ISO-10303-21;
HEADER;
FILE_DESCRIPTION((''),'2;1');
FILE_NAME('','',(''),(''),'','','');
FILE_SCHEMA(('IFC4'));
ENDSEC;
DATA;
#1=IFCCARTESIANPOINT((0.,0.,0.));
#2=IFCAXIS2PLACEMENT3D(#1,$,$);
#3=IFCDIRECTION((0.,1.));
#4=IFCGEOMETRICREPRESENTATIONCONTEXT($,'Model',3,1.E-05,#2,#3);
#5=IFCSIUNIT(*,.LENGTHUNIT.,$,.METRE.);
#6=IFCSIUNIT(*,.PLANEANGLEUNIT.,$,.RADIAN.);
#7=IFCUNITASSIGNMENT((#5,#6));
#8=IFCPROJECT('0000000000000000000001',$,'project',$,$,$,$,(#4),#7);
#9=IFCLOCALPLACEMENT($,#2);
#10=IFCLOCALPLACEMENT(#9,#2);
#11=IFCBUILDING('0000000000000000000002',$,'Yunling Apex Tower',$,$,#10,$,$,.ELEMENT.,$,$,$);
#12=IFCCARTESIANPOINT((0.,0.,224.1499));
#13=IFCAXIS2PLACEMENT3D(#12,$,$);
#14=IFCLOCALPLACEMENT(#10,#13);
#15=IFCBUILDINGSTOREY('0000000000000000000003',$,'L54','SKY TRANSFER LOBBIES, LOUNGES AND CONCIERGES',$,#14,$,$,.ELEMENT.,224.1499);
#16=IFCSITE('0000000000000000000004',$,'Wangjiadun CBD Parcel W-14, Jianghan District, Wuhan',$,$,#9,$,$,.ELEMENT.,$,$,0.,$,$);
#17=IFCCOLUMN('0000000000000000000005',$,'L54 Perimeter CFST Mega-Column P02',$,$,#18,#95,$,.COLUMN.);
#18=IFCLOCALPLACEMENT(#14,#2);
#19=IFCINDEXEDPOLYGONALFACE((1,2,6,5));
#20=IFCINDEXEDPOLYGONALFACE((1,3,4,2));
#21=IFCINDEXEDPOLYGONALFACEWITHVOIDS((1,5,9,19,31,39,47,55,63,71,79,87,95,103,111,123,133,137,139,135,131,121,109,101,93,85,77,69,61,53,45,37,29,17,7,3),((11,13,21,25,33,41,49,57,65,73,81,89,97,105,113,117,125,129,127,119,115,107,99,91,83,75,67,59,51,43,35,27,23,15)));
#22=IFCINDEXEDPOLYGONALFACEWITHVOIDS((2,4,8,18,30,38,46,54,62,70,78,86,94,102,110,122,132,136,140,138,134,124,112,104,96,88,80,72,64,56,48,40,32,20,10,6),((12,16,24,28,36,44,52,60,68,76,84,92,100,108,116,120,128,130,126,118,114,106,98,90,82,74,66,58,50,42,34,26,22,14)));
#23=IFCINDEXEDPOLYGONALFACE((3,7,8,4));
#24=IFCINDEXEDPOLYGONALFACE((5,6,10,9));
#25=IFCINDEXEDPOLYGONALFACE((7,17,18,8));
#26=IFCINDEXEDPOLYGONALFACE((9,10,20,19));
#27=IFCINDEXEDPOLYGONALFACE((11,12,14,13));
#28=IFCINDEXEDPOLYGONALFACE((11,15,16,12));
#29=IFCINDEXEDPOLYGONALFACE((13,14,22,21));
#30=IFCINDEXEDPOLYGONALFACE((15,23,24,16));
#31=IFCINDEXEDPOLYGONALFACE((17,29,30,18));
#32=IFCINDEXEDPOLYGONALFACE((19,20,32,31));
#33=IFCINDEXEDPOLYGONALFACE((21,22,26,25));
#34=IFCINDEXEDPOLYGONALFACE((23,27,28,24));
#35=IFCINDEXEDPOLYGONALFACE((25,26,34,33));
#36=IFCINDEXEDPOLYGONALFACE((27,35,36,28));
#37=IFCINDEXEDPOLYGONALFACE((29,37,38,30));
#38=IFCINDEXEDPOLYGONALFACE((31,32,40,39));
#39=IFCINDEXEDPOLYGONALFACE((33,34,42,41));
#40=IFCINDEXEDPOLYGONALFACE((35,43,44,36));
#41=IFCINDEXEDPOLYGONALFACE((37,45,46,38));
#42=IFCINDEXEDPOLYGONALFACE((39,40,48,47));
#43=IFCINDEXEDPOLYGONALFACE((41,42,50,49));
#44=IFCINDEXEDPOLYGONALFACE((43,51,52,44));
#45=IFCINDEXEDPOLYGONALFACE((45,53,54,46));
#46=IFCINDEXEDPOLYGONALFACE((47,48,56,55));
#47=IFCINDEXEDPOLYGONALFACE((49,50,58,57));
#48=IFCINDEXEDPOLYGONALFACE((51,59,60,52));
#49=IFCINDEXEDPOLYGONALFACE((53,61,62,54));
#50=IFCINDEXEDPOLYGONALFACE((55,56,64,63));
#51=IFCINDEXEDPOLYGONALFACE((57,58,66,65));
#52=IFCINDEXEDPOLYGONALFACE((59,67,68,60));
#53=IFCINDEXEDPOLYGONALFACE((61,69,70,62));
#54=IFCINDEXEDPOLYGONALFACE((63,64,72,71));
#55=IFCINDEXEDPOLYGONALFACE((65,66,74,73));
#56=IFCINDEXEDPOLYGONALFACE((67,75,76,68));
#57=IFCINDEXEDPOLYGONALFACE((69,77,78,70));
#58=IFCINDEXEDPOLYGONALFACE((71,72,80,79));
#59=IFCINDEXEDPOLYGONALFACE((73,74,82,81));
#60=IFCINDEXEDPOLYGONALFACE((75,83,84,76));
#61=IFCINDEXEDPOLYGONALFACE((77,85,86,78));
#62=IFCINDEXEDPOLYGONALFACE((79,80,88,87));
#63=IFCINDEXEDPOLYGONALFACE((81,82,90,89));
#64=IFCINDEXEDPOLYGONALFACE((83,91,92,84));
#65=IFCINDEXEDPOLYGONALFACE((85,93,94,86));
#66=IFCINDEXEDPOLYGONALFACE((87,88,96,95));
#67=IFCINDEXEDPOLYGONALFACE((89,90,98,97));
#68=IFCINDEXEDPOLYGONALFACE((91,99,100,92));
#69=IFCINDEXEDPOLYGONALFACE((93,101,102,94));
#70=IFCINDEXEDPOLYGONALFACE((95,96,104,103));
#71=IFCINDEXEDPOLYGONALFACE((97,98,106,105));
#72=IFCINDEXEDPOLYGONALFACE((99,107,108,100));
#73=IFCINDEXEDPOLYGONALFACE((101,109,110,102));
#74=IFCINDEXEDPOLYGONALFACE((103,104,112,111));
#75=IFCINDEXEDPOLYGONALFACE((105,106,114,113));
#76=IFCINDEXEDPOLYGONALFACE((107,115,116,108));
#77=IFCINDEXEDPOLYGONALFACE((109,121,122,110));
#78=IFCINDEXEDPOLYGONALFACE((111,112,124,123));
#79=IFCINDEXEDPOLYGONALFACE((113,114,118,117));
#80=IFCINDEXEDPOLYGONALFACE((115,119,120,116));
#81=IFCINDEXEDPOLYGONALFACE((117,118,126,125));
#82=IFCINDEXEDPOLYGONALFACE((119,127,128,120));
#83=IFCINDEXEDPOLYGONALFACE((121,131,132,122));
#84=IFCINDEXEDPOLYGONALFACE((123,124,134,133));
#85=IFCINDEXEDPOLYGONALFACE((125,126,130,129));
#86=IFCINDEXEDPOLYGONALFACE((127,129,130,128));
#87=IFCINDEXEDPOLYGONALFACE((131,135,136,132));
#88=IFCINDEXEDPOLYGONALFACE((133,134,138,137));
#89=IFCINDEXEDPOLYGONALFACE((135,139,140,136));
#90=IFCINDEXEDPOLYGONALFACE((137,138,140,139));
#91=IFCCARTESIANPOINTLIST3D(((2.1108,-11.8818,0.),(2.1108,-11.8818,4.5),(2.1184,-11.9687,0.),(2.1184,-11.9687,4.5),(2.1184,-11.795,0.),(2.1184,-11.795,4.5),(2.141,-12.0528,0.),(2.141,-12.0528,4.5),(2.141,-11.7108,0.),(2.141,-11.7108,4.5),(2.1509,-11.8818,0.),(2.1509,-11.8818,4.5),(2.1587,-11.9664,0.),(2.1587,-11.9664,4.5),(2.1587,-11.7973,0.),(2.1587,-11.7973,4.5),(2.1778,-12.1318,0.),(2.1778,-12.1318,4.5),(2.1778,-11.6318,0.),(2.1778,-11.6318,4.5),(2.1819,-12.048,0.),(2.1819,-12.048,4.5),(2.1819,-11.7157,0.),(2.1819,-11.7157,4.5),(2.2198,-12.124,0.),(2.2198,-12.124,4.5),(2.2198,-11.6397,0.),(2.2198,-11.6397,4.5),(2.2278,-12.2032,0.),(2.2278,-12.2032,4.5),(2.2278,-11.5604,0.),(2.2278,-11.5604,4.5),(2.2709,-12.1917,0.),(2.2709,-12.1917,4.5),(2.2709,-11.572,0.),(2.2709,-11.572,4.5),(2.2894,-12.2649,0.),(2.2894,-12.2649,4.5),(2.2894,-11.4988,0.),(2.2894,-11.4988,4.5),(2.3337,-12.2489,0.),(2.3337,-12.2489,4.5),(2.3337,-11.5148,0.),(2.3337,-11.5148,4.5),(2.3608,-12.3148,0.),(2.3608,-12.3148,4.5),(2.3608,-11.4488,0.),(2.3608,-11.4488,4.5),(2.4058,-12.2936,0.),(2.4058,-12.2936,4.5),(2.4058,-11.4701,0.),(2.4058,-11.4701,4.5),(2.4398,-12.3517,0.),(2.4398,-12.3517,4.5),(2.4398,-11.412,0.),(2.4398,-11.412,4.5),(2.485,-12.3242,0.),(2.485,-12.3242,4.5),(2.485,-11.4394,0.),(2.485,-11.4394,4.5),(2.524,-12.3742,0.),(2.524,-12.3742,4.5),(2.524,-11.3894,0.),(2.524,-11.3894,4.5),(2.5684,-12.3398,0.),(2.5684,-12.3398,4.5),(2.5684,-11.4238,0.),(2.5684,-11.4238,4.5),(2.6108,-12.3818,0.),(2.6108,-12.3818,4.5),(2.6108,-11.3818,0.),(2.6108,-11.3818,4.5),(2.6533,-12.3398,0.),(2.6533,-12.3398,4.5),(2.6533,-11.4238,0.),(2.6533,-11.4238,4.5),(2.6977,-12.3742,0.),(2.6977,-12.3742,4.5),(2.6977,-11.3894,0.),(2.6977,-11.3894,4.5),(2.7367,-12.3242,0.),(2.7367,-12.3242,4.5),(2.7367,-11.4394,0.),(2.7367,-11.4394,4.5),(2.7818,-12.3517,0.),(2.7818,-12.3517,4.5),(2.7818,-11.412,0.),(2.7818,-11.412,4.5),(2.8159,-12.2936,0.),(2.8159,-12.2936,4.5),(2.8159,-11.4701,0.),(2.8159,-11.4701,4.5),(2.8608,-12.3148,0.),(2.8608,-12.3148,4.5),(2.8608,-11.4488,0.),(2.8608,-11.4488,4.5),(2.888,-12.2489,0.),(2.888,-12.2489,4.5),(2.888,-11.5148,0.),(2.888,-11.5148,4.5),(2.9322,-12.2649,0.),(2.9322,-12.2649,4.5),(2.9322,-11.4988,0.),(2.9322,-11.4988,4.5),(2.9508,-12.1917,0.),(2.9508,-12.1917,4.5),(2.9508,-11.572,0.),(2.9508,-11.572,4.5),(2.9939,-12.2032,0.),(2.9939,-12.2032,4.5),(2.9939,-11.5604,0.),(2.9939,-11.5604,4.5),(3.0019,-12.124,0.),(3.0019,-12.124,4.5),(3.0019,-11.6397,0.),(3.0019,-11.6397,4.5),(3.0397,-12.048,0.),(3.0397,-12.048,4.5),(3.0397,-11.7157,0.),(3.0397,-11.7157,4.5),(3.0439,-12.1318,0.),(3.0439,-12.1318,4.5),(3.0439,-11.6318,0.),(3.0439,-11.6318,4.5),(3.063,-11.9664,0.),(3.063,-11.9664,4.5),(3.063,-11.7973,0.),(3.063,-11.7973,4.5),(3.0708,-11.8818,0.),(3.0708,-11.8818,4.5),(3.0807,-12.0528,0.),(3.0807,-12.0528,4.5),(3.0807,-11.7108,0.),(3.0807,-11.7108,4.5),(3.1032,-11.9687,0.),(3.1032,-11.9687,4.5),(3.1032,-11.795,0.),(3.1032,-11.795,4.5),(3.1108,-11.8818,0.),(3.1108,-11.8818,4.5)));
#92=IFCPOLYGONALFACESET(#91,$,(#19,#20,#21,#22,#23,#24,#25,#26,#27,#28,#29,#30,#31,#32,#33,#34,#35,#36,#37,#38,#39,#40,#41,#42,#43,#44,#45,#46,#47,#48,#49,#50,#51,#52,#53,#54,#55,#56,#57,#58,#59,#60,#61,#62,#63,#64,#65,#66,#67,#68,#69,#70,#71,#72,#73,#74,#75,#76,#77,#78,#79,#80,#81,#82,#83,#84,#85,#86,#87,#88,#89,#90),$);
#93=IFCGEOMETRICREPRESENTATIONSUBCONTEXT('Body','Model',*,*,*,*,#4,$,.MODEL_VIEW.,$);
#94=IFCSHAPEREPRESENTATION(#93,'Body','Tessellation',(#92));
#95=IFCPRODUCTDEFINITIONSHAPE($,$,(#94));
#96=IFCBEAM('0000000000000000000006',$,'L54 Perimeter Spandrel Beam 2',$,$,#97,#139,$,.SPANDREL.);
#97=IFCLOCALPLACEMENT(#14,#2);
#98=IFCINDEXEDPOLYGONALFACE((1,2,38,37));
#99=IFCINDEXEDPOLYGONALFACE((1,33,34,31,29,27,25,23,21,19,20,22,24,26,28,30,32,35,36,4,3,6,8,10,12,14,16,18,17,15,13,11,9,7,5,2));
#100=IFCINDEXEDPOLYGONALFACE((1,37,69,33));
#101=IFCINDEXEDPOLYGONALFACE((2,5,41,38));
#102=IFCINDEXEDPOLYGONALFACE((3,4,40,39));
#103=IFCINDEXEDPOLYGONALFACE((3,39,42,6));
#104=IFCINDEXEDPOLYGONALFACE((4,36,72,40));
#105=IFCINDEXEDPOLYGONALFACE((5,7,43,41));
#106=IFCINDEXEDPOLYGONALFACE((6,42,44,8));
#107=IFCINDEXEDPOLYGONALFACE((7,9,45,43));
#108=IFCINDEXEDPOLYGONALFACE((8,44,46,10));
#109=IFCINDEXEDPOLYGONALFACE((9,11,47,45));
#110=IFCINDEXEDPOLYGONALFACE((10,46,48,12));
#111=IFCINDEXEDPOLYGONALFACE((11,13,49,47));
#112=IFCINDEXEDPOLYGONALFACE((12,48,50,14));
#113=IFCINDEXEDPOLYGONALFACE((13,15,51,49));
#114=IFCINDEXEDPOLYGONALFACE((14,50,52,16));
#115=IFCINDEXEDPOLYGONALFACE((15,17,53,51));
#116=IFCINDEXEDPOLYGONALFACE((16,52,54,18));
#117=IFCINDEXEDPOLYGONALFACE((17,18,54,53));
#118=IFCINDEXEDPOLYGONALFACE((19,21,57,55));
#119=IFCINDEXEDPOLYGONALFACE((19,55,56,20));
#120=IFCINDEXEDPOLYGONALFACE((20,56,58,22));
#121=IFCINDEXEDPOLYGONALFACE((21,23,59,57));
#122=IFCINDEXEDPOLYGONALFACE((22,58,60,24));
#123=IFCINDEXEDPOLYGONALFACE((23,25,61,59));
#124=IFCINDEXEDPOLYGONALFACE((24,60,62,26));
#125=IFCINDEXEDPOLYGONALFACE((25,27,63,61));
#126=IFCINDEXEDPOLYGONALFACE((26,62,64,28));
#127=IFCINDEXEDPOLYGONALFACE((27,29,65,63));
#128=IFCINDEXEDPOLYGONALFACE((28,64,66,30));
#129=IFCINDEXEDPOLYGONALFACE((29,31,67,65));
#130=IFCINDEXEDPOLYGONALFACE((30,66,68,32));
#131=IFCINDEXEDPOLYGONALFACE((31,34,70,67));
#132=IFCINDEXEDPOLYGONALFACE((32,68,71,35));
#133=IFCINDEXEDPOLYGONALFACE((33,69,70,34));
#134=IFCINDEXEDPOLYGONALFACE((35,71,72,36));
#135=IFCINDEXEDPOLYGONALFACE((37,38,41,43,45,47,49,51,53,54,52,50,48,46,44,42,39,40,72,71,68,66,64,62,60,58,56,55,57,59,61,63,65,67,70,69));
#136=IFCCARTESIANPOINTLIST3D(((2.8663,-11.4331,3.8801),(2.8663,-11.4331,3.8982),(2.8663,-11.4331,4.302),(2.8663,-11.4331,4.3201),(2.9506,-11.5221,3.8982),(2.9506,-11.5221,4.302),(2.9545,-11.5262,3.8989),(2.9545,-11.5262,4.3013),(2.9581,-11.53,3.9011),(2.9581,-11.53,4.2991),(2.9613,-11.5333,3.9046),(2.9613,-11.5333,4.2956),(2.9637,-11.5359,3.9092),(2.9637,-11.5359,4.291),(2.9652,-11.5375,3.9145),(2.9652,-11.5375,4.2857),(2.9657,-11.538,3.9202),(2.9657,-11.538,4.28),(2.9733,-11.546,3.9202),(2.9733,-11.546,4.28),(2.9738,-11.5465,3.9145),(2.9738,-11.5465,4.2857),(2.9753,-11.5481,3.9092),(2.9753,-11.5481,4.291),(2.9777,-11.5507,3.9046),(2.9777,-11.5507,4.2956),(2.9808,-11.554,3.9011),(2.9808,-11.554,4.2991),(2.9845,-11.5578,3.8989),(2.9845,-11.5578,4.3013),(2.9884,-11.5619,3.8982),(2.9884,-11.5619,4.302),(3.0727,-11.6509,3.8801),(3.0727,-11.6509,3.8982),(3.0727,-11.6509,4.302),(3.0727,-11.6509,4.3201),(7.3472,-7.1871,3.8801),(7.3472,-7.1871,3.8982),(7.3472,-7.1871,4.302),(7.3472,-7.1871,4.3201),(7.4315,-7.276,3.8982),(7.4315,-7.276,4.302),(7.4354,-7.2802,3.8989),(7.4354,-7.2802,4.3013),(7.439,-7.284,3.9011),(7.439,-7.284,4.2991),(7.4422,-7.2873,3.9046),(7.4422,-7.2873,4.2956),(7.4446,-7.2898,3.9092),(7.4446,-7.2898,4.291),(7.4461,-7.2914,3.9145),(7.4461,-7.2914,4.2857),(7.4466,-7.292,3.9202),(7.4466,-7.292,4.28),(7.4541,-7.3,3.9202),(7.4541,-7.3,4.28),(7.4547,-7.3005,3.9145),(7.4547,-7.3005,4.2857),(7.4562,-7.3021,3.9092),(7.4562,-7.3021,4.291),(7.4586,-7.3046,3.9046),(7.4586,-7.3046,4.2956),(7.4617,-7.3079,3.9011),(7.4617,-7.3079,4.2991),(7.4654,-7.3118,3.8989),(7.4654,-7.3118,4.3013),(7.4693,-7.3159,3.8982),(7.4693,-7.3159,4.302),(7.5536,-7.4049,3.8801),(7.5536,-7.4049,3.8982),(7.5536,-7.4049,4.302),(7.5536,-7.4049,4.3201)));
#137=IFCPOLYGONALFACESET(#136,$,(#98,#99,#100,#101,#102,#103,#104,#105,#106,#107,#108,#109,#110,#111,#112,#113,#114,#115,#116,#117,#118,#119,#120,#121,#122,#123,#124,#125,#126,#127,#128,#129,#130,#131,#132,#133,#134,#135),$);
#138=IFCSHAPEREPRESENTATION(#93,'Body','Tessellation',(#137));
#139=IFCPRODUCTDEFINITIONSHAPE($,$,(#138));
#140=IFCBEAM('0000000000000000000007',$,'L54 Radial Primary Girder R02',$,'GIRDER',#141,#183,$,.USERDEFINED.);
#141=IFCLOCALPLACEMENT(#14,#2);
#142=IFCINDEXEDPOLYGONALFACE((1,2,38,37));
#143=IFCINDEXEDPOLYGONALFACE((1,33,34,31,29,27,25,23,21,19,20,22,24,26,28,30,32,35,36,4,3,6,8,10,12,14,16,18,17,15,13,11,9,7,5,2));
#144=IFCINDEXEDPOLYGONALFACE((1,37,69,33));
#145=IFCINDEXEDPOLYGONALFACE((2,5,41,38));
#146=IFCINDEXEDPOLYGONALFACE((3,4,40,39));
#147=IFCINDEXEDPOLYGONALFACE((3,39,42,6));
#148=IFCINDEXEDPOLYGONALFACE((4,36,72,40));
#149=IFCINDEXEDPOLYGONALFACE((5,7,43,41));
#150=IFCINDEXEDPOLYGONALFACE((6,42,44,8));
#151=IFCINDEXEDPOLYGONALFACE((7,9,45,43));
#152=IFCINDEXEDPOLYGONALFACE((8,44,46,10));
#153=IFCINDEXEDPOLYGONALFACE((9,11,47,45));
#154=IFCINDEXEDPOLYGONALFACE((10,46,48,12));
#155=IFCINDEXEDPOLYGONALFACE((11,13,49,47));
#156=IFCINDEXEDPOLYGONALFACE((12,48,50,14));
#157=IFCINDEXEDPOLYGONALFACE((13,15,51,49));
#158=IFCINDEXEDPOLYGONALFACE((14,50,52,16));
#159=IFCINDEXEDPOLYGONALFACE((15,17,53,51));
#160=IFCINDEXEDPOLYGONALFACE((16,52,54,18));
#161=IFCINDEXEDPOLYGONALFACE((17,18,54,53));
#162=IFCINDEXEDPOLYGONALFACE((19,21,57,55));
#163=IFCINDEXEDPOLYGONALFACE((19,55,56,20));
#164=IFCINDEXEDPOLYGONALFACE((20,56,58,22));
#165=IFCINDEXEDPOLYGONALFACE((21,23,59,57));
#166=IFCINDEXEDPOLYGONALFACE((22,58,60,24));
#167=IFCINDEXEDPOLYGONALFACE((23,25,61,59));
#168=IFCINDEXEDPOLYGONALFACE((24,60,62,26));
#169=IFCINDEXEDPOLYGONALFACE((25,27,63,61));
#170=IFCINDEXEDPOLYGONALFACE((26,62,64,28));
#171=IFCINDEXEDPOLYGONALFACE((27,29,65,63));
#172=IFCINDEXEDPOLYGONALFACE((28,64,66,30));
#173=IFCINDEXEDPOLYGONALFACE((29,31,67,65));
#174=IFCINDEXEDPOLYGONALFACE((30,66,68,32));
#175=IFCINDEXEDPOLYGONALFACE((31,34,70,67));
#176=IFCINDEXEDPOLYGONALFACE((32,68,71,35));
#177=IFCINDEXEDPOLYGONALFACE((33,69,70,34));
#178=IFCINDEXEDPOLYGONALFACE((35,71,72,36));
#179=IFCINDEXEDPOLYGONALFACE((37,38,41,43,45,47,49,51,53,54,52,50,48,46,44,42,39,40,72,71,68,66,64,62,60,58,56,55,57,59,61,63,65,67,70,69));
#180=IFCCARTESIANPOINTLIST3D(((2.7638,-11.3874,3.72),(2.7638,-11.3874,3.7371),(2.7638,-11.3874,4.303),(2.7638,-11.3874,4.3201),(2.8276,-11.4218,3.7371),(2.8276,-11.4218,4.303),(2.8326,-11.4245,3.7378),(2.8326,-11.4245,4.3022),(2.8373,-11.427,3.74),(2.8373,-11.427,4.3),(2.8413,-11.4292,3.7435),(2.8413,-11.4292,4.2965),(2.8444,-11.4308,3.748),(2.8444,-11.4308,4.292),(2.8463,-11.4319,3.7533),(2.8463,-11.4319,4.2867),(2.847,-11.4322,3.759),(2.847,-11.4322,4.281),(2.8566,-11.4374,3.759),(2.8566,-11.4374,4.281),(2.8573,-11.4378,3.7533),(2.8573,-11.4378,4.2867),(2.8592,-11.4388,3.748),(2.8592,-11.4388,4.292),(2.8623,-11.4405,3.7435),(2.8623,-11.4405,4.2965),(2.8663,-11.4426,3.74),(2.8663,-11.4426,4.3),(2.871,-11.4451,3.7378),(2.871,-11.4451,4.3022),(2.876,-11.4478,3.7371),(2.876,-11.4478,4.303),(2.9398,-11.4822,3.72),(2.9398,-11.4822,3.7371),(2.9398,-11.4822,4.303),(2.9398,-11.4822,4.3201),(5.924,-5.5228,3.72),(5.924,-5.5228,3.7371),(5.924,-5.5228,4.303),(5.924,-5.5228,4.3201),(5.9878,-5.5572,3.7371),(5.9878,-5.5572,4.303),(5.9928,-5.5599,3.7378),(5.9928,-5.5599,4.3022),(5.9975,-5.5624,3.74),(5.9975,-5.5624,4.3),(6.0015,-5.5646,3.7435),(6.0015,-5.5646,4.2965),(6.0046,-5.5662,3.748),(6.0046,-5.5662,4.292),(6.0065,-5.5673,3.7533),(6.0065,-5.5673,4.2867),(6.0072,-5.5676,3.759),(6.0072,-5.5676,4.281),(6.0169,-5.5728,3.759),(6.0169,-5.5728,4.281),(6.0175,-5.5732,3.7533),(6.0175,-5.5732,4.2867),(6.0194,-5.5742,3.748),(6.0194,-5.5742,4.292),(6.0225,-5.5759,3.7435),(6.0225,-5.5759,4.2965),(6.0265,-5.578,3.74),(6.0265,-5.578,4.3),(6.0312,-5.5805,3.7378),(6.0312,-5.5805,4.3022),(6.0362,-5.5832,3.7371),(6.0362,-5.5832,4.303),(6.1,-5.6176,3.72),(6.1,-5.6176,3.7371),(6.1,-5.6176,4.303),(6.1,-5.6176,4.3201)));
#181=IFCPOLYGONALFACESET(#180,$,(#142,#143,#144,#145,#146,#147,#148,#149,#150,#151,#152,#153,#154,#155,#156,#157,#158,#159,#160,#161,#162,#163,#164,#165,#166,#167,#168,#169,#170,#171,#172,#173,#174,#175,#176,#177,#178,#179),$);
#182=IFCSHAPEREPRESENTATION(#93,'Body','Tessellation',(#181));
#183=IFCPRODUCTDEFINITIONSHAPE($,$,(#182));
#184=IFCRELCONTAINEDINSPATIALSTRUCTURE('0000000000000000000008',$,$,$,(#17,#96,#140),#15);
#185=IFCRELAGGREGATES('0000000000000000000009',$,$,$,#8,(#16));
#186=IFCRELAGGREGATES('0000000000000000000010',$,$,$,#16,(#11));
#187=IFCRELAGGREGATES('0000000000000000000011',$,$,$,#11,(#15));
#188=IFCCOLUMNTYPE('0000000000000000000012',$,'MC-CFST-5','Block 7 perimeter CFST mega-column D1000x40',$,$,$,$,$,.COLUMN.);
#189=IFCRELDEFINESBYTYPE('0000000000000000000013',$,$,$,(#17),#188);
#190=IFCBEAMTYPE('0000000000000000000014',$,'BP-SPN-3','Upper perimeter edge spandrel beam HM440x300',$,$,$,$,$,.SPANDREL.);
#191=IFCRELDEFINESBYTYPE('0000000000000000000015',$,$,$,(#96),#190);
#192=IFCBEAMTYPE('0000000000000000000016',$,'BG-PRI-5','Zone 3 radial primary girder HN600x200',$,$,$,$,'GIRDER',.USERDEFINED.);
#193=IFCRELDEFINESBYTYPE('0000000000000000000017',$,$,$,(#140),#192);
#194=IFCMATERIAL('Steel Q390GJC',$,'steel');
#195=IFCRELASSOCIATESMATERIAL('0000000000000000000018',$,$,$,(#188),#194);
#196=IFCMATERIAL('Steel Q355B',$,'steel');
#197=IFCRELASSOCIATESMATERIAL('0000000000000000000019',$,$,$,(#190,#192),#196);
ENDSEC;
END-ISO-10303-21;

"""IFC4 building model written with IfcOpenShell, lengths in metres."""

from ifc_helpers import new_model, si_unit, direction, frame, origin, origin_2d, place, context, subcontext, project, spatial, hollow_circle, i_section, extrude, source, transform, mapped, material, material_profile, profile_set, type_object, element, save


model = new_model("IFC4")

# Units and contexts
model_context = context("Model", 3, precision=1e-05, world=origin(), true_north=direction((0.0, 1.0)))
body_context = subcontext(model_context, "Body", "Model", "MODEL_VIEW")
ifc_project = project(units=[si_unit("LENGTHUNIT", "METRE"), si_unit("PLANEANGLEUNIT", "RADIAN")], contexts=[model_context])

# Site, building, storey
site_placement = place(None, origin())
site = spatial("IfcSite", under=ifc_project, at=site_placement, Name="Wangjiadun CBD Parcel W-14, Jianghan District, Wuhan", CompositionType="ELEMENT", RefElevation=0.0)
building_placement = place(site_placement, origin())
building = spatial("IfcBuilding", under=site, at=building_placement, Name="Yunling Apex Tower", CompositionType="ELEMENT")
storey_placement = place(building_placement, frame((0.0, 0.0, 224.1499)))
storey = spatial("IfcBuildingStorey", under=building, at=storey_placement, Name="L54", Description="SKY TRANSFER LOBBIES, LOUNGES AND CONCIERGES", CompositionType="ELEMENT", Elevation=224.1499)

# Column
ifc_material_1 = material(Name="Steel Q390GJC", Category="steel")
ifc_material_profile_1 = material_profile(ifc_material_1, hollow_circle(Radius=0.5, WallThickness=0.04, at=origin_2d()))
ifc_profile_set_1 = profile_set([ifc_material_profile_1], Name="Steel Q390GJC")
column_type = type_object("IfcColumnType", Name="MC-CFST-5", Description="Block 7 perimeter CFST mega-column D1000x40", PredefinedType="COLUMN", material=ifc_profile_set_1)
shared_shape_1 = source(origin(), body_context, "Body", "SweptSolid", [
    extrude(hollow_circle(Radius=0.5, WallThickness=0.04, at=origin_2d()), origin(), (0.0, 0.0, 1.0), 4.5),
])
column_placement = place(storey_placement, frame((2.6108, -11.8818, 0.0), z_axis=(0.0, 0.0, 1.0), x_axis=(1.0, 0.0, 0.0)))
element("IfcColumn", 1, at=column_placement, inside=storey, type_object=column_type, Name="L54 Perimeter CFST Mega-Column P02", PredefinedType="COLUMN", context=body_context, shape_type="MappedRepresentation", body=[
    mapped(shared_shape_1, transform((0.0, 0.0, 0.0), scale=1.0)),
])

# Beams
ifc_material_2 = material(Name="Steel Q355B", Category="steel")
ifc_material_profile_2 = material_profile(ifc_material_2, i_section(OverallWidth=0.3, OverallDepth=0.4399, WebThickness=0.011, FlangeThickness=0.0181, FilletRadius=0.022, at=origin_2d()))
ifc_profile_set_2 = profile_set([ifc_material_profile_2], Name="Steel Q355B")
beam_type_1 = type_object("IfcBeamType", Name="BP-SPN-3", Description="Upper perimeter edge spandrel beam HM440x300", PredefinedType="SPANDREL", material=ifc_profile_set_2)
shared_shape_2 = source(origin(), body_context, "Body", "SweptSolid", [
    extrude(i_section(OverallWidth=0.3, OverallDepth=0.4399, WebThickness=0.011, FlangeThickness=0.0181, FilletRadius=0.022, at=origin_2d()), origin(), (0.0, 0.0, 1.0), 6.1731),
])
beam_1_placement = place(storey_placement, frame((2.9695, -11.542, 4.1001), z_axis=(0.725874, 0.687828, 0.0), x_axis=(-0.687828, 0.725874, 0.0)))
element("IfcBeam", 2, at=beam_1_placement, inside=storey, type_object=beam_type_1, Name="L54 Perimeter Spandrel Beam 2", PredefinedType="SPANDREL", context=body_context, shape_type="MappedRepresentation", body=[
    mapped(shared_shape_2, transform((0.0, 0.0, 0.0), scale=1.0)),
])
ifc_material_profile_3 = material_profile(ifc_material_2, i_section(OverallWidth=0.2, OverallDepth=0.6001, WebThickness=0.011, FlangeThickness=0.0171, FilletRadius=0.022, at=origin_2d()))
ifc_profile_set_3 = profile_set([ifc_material_profile_3], Name="Steel Q355B")
beam_type_2 = type_object("IfcBeamType", Name="BG-PRI-5", Description="Zone 3 radial primary girder HN600x200", ElementType="GIRDER", PredefinedType="USERDEFINED", material=ifc_profile_set_3)
shared_shape_3 = source(origin(), body_context, "Body", "SweptSolid", [
    extrude(i_section(OverallWidth=0.2, OverallDepth=0.6001, WebThickness=0.011, FlangeThickness=0.0171, FilletRadius=0.022, at=origin_2d()), origin(), (0.0, 0.0, 1.0), 6.6619),
])
beam_2_placement = place(storey_placement, frame((2.8518, -11.4348, 4.02), z_axis=(0.474373, 0.880324, 0.0), x_axis=(-0.880324, 0.474373, 0.0)))
element("IfcBeam", 3, at=beam_2_placement, inside=storey, type_object=beam_type_2, Name="L54 Radial Primary Girder R02", ObjectType="GIRDER", PredefinedType="USERDEFINED", context=body_context, shape_type="MappedRepresentation", body=[
    mapped(shared_shape_3, transform((0.0, 0.0, 0.0), scale=1.0)),
])

save(model, "model.ifc")
